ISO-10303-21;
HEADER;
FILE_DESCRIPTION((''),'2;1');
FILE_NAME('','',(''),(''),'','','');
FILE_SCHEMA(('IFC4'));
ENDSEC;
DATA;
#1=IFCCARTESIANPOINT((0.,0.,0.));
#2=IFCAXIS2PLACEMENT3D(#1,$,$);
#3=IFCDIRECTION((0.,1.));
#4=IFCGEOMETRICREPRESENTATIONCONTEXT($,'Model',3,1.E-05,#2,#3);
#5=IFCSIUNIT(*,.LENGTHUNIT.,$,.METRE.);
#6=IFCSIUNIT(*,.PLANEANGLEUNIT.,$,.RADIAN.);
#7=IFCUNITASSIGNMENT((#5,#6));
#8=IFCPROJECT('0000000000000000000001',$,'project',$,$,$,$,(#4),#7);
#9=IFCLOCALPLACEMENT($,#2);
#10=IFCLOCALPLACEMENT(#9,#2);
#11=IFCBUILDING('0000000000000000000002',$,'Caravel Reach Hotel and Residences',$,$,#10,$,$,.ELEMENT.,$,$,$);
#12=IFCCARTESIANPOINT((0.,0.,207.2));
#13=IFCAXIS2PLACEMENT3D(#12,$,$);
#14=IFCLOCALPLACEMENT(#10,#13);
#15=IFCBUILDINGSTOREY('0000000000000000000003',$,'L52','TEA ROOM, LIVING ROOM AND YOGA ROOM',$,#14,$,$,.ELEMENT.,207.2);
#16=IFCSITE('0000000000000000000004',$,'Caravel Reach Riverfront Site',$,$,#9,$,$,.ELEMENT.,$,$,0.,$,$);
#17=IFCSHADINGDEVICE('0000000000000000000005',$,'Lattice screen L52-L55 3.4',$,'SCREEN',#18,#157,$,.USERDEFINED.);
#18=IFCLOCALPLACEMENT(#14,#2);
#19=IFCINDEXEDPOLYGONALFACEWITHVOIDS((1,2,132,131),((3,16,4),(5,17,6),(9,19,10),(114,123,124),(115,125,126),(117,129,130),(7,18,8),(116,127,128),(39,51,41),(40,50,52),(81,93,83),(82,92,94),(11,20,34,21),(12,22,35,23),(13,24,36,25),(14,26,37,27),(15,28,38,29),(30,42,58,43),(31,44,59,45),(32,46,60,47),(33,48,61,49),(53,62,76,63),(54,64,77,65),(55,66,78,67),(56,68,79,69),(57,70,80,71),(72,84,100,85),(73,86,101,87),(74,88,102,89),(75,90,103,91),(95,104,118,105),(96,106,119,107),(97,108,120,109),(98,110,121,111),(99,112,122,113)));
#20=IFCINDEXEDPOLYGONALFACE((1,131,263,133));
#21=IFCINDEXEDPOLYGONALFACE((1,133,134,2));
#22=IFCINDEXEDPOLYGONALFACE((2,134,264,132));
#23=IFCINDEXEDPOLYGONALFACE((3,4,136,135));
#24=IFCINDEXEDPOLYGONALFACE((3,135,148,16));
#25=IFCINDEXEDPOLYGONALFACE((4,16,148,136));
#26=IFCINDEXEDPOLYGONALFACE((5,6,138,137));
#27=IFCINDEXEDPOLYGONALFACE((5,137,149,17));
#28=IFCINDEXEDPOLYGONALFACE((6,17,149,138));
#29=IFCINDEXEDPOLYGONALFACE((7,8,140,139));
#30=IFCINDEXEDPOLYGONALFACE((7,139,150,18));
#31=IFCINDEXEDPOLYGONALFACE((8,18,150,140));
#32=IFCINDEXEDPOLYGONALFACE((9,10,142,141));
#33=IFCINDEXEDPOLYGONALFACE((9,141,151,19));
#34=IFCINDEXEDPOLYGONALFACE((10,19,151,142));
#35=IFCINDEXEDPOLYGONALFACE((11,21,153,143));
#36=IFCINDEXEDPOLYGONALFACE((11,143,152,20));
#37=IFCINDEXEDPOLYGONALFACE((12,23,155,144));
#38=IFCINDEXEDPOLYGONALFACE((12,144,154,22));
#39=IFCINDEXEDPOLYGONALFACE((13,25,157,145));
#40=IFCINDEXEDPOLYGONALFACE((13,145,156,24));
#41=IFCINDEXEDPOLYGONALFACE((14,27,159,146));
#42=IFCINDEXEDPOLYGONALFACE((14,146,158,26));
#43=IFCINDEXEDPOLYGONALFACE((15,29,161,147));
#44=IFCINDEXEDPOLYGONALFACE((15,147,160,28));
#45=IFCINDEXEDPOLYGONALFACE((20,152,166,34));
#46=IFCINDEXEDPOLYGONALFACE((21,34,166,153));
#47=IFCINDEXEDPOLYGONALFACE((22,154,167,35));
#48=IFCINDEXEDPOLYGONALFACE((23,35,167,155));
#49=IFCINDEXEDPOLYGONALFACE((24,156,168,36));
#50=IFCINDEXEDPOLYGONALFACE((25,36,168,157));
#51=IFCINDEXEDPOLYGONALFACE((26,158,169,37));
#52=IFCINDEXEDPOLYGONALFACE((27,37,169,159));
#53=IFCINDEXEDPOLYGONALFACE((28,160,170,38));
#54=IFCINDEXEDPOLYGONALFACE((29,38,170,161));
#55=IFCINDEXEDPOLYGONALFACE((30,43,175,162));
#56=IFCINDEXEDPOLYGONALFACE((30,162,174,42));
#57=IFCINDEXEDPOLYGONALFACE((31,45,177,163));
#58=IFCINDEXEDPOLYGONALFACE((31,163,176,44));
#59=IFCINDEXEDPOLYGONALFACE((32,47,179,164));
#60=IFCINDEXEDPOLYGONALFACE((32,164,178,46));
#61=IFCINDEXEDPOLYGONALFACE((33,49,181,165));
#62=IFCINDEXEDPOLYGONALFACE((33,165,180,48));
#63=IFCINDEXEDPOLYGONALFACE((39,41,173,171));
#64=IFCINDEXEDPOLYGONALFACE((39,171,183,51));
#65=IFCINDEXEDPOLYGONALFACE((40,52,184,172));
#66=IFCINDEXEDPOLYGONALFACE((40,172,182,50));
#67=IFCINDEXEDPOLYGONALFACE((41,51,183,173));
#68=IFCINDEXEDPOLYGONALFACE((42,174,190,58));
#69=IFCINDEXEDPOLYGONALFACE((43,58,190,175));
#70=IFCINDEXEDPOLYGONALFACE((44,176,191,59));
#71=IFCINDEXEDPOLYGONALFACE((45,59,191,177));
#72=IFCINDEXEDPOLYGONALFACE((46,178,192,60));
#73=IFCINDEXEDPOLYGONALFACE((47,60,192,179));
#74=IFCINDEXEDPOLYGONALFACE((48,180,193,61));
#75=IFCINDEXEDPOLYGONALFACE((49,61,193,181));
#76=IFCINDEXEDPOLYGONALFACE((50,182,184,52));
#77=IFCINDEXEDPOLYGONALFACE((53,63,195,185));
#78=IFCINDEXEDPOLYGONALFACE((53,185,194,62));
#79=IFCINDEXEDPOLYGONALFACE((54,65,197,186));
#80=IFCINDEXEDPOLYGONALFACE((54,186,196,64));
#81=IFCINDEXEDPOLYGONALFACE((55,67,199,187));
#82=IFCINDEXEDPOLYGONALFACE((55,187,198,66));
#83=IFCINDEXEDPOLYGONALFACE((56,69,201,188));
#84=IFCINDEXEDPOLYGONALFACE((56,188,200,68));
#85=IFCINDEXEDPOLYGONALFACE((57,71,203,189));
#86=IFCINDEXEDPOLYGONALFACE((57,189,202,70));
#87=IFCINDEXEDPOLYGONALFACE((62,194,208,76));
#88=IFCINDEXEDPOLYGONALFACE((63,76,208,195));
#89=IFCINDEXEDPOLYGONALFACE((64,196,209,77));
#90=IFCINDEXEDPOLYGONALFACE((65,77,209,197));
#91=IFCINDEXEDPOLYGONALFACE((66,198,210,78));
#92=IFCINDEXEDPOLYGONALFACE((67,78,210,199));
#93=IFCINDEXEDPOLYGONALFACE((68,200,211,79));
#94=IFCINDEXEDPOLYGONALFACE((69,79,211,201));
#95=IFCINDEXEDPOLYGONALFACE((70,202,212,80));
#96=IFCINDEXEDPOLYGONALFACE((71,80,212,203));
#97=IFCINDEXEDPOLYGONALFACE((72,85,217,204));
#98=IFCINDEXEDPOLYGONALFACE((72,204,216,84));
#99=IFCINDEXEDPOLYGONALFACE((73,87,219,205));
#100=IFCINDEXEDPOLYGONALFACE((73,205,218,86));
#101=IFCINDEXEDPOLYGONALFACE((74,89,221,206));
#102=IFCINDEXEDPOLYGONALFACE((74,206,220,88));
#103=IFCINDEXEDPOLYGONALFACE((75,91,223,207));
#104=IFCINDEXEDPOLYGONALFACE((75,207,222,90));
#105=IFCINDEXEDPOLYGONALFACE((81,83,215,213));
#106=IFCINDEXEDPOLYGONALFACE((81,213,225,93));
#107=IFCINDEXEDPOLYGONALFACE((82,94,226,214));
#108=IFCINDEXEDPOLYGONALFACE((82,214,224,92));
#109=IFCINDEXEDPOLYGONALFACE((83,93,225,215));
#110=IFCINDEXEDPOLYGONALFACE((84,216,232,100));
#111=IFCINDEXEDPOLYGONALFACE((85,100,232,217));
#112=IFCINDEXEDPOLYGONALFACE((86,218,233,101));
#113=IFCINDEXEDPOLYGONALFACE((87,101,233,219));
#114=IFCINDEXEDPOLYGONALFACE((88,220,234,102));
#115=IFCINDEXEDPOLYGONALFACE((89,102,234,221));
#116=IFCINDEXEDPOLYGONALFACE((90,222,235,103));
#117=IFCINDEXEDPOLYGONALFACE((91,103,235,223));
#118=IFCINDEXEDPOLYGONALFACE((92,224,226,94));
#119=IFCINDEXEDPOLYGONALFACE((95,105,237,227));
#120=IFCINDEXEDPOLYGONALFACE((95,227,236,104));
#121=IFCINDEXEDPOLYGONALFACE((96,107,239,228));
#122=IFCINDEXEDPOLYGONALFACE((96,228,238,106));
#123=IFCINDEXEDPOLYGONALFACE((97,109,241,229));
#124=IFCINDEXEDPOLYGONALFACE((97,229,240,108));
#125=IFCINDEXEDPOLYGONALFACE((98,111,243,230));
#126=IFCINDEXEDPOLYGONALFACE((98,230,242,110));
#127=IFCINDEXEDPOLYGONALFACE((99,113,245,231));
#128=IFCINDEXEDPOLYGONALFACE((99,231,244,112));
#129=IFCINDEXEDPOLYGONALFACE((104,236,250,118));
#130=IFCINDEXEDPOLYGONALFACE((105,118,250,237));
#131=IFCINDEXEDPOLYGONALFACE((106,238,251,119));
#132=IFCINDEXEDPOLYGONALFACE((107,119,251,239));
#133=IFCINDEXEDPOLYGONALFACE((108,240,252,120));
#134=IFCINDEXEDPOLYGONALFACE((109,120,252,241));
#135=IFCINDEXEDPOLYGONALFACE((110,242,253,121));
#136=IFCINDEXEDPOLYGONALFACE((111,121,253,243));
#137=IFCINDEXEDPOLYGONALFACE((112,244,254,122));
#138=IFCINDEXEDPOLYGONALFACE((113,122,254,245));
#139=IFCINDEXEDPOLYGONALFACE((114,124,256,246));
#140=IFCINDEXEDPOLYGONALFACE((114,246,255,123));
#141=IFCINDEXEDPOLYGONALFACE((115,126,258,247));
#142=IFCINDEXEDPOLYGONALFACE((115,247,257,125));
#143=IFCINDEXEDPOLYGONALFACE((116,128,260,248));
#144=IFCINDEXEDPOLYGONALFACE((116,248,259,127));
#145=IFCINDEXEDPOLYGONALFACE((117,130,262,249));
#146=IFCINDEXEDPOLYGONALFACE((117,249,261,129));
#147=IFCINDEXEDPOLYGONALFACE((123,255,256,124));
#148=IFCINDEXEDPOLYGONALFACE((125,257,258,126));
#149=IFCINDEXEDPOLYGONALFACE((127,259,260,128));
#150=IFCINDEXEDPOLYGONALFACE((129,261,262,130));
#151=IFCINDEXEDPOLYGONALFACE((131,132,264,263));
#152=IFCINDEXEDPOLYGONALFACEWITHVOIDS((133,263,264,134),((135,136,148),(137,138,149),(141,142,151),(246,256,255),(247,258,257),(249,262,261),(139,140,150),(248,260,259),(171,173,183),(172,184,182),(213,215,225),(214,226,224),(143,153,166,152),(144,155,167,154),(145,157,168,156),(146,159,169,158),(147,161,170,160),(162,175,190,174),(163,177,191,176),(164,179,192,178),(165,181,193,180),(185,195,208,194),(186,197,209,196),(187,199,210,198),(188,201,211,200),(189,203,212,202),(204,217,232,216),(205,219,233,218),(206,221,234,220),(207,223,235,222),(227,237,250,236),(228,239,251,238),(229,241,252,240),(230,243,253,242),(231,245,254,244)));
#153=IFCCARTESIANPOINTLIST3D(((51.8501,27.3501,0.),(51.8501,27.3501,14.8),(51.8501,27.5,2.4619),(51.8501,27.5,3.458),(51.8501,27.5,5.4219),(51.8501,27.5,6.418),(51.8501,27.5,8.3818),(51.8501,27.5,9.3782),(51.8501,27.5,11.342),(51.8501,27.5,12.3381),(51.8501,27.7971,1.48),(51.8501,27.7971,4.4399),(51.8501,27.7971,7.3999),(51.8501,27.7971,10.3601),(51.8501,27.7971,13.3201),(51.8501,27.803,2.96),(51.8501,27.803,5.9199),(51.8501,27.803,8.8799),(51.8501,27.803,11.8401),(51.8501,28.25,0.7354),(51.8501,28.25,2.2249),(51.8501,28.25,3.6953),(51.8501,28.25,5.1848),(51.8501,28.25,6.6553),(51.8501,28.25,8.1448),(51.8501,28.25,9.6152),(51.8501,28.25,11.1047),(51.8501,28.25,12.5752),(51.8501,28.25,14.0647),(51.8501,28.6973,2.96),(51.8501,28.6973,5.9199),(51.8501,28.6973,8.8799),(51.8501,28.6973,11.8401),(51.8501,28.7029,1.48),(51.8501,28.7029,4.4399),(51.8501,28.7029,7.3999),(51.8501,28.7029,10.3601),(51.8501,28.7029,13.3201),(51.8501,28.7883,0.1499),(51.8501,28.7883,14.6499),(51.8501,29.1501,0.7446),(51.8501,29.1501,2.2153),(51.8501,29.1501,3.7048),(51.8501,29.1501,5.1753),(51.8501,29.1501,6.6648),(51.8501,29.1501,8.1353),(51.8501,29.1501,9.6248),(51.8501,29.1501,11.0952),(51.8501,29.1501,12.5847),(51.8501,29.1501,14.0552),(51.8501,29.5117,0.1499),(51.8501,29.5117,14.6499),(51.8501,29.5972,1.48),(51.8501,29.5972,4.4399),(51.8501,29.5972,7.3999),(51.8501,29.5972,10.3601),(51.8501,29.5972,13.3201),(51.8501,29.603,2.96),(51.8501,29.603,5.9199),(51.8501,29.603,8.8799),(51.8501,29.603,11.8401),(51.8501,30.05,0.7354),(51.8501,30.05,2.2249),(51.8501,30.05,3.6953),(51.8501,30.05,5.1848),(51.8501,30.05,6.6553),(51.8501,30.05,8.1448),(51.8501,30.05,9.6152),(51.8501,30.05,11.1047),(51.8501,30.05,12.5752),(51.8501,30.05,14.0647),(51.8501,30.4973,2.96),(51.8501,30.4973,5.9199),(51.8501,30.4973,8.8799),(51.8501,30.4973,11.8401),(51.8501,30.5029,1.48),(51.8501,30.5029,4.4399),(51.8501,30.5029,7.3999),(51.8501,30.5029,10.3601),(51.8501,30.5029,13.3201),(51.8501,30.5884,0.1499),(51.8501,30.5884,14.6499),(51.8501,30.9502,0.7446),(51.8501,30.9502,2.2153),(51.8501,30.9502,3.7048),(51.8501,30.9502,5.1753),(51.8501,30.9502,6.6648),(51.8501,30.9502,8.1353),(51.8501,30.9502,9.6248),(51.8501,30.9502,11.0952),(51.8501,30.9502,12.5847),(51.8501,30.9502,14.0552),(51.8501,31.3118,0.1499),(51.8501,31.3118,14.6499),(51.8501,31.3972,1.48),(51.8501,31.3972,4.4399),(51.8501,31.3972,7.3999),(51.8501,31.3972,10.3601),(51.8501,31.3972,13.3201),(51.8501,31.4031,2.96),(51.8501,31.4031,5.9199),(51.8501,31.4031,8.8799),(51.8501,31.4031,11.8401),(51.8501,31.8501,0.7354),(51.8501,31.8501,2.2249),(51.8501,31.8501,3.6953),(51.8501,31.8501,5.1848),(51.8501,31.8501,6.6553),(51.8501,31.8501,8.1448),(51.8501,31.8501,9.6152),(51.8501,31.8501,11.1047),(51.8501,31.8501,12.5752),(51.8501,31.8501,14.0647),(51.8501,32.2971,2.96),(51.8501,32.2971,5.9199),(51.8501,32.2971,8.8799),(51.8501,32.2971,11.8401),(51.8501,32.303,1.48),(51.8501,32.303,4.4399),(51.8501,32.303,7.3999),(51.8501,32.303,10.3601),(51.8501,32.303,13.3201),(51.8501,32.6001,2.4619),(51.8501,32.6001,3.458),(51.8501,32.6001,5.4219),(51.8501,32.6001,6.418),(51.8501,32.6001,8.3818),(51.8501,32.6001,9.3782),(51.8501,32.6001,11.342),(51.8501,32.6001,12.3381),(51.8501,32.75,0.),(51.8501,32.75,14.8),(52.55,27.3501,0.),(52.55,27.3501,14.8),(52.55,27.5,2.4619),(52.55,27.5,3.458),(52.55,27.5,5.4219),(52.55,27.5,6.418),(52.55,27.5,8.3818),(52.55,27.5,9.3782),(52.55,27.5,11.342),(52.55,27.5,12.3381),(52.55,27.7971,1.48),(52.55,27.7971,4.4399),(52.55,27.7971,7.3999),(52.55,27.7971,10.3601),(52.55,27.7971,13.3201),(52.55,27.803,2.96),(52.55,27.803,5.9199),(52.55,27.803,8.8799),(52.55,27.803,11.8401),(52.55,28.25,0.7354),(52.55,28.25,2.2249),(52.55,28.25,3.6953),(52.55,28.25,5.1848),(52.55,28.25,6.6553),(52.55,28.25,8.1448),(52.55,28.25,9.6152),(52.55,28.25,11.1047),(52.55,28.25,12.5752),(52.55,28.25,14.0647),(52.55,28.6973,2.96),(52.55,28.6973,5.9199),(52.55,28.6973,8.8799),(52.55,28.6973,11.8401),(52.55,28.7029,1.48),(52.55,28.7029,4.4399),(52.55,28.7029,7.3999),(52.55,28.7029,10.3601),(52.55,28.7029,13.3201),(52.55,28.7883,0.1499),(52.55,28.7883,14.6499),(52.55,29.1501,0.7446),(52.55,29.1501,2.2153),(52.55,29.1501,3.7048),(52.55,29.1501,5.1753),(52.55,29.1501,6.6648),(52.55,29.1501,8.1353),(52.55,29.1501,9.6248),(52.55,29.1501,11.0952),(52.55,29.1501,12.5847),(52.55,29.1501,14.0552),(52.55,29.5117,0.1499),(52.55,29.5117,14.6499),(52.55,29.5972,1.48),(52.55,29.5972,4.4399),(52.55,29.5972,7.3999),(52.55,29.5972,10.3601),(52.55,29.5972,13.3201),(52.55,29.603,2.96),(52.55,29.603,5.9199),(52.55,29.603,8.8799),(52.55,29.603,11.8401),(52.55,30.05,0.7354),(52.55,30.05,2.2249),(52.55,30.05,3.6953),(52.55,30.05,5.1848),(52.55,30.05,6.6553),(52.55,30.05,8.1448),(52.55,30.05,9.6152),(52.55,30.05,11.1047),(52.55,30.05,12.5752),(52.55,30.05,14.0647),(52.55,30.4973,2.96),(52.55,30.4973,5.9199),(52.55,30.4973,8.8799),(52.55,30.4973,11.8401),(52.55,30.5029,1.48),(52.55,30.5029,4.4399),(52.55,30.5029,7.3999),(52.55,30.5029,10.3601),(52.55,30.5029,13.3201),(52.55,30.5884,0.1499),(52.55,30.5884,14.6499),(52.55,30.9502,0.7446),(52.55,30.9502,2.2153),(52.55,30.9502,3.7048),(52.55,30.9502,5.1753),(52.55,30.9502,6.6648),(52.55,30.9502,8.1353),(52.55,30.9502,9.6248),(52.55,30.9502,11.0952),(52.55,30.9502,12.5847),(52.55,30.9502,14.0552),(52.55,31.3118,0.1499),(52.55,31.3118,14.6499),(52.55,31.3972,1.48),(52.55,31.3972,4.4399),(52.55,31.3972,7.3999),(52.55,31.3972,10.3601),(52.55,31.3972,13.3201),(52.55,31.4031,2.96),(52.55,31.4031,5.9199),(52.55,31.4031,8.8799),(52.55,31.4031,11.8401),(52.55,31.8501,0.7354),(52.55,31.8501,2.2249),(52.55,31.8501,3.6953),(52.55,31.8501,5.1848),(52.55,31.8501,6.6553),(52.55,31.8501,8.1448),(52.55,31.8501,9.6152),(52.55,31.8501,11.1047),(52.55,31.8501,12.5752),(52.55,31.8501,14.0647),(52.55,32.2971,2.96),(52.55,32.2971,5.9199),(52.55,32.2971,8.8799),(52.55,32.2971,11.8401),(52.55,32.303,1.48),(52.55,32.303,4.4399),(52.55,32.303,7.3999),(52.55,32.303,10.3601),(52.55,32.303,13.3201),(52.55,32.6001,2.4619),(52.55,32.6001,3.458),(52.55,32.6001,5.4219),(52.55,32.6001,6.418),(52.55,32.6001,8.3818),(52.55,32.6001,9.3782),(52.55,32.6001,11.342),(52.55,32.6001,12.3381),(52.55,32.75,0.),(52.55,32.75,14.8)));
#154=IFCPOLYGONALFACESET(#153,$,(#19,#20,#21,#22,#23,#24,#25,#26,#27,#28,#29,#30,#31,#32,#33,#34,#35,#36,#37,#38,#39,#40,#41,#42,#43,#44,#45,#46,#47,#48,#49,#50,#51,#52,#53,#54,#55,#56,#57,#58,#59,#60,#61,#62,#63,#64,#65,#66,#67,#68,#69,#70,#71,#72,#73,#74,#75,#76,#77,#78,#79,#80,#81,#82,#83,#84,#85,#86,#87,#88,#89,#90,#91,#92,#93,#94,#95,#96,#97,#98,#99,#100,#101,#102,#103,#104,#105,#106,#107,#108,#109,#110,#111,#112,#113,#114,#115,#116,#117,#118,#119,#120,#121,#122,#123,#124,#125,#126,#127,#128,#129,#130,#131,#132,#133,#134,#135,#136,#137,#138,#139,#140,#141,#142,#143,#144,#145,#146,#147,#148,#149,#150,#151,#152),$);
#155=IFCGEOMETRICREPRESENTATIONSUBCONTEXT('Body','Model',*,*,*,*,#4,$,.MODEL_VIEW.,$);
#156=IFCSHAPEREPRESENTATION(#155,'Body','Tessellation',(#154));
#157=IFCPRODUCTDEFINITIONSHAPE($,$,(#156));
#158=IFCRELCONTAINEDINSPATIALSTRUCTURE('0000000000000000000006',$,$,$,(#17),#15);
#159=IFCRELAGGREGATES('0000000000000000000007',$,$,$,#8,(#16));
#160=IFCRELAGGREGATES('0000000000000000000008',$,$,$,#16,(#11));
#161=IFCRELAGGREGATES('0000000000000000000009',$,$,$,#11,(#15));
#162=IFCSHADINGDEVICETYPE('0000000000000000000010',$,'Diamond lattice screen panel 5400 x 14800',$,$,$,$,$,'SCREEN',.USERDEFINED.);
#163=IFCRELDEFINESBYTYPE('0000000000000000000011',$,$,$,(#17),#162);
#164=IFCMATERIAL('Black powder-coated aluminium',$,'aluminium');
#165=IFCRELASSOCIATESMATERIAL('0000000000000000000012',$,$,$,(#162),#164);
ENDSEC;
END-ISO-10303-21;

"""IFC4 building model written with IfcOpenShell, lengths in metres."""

from ifc_helpers import new_model, si_unit, direction, frame, origin, place, context, subcontext, project, spatial, polyline, outline, extrude, material, type_object, element, save


model = new_model("IFC4")

# Units and contexts
model_context = context("Model", 3, precision=1e-05, world=origin(), true_north=direction((0.0, 1.0)))
body_context = subcontext(model_context, "Body", "Model", "MODEL_VIEW")
ifc_project = project(units=[si_unit("LENGTHUNIT", "METRE"), si_unit("PLANEANGLEUNIT", "RADIAN")], contexts=[model_context])

# Site, building, storey
site_placement = place(None, origin())
site = spatial("IfcSite", under=ifc_project, at=site_placement, Name="Caravel Reach Riverfront Site", CompositionType="ELEMENT", RefElevation=0.0)
building_placement = place(site_placement, origin())
building = spatial("IfcBuilding", under=site, at=building_placement, Name="Caravel Reach Hotel and Residences", CompositionType="ELEMENT")
storey_placement = place(building_placement, frame((0.0, 0.0, 207.2)))
storey = spatial("IfcBuildingStorey", under=building, at=storey_placement, Name="L52", Description="TEA ROOM, LIVING ROOM AND YOGA ROOM", CompositionType="ELEMENT", Elevation=207.2)

# Shading device
ifc_material_1 = material(Name="Black powder-coated aluminium", Category="aluminium")
shading_device_type = type_object("IfcShadingDeviceType", Name="Diamond lattice screen panel 5400 x 14800", ElementType="SCREEN", PredefinedType="USERDEFINED", material=ifc_material_1)
shading_device_1_placement = place(storey_placement, frame((51.8501, 27.3501, 0.0), z_axis=(1.0, 0.0, 0.0), x_axis=(0.0, 1.0, 0.0)))
element("IfcShadingDevice", 1, at=shading_device_1_placement, inside=storey, type_object=shading_device_type, Name="Lattice screen L52-L55 3.4", ObjectType="SCREEN", PredefinedType="USERDEFINED", context=body_context, shape_type="SweptSolid", body=[
    extrude(outline(polyline([(0.0, 0.0), (5.3999, 0.0), (5.3999, 14.8), (0.0, 14.8), (0.0, 0.0)]), holes=[polyline([(0.4529, 2.96), (0.1499, 3.458), (0.1499, 2.4619), (0.4529, 2.96)]), polyline([(0.4529, 5.9199), (0.1499, 6.418), (0.1499, 5.4219), (0.4529, 5.9199)]), polyline([(0.4529, 8.8799), (0.1499, 9.3782), (0.1499, 8.3818), (0.4529, 8.8799)]), polyline([(0.4529, 11.8401), (0.1499, 12.3381), (0.1499, 11.342), (0.4529, 11.8401)]), polyline([(0.8999, 2.2249), (0.447, 1.48), (0.8999, 0.7354), (1.3528, 1.48), (0.8999, 2.2249)]), polyline([(0.8999, 5.1848), (0.447, 4.4399), (0.8999, 3.6953), (1.3528, 4.4399), (0.8999, 5.1848)]), polyline([(0.8999, 8.1448), (0.447, 7.3999), (0.8999, 6.6553), (1.3528, 7.3999), (0.8999, 8.1448)]), polyline([(0.8999, 11.1047), (0.447, 10.3601), (0.8999, 9.6152), (1.3528, 10.3601), (0.8999, 11.1047)]), polyline([(0.8999, 14.0647), (0.447, 13.3201), (0.8999, 12.5752), (1.3528, 13.3201), (0.8999, 14.0647)]), polyline([(1.8, 0.7446), (1.4382, 0.1499), (2.1616, 0.1499), (1.8, 0.7446)]), polyline([(1.8, 3.7048), (1.3472, 2.96), (1.8, 2.2153), (2.2529, 2.96), (1.8, 3.7048)]), polyline([(1.8, 6.6648), (1.3472, 5.9199), (1.8, 5.1753), (2.2529, 5.9199), (1.8, 6.6648)]), polyline([(1.8, 9.6248), (1.3472, 8.8799), (1.8, 8.1353), (2.2529, 8.8799), (1.8, 9.6248)]), polyline([(1.8, 12.5847), (1.3472, 11.8401), (1.8, 11.0952), (2.2529, 11.8401), (1.8, 12.5847)]), polyline([(1.8, 14.0552), (2.1616, 14.6499), (1.4382, 14.6499), (1.8, 14.0552)]), polyline([(2.7, 2.2249), (2.2471, 1.48), (2.7, 0.7354), (3.1528, 1.48), (2.7, 2.2249)]), polyline([(2.7, 5.1848), (2.2471, 4.4399), (2.7, 3.6953), (3.1528, 4.4399), (2.7, 5.1848)]), polyline([(2.7, 8.1448), (2.2471, 7.3999), (2.7, 6.6553), (3.1528, 7.3999), (2.7, 8.1448)]), polyline([(2.7, 11.1047), (2.2471, 10.3601), (2.7, 9.6152), (3.1528, 10.3601), (2.7, 11.1047)]), polyline([(2.7, 14.0647), (2.2471, 13.3201), (2.7, 12.5752), (3.1528, 13.3201), (2.7, 14.0647)]), polyline([(3.6001, 0.7446), (3.2383, 0.1499), (3.9617, 0.1499), (3.6001, 0.7446)]), polyline([(3.6001, 3.7048), (3.1472, 2.96), (3.6001, 2.2153), (4.053, 2.96), (3.6001, 3.7048)]), polyline([(3.6001, 6.6648), (3.1472, 5.9199), (3.6001, 5.1753), (4.053, 5.9199), (3.6001, 6.6648)]), polyline([(3.6001, 9.6248), (3.1472, 8.8799), (3.6001, 8.1353), (4.053, 8.8799), (3.6001, 9.6248)]), polyline([(3.6001, 12.5847), (3.1472, 11.8401), (3.6001, 11.0952), (4.053, 11.8401), (3.6001, 12.5847)]), polyline([(3.6001, 14.0552), (3.9617, 14.6499), (3.2383, 14.6499), (3.6001, 14.0552)]), polyline([(4.5, 2.2249), (4.0471, 1.48), (4.5, 0.7354), (4.9529, 1.48), (4.5, 2.2249)]), polyline([(4.5, 5.1848), (4.0471, 4.4399), (4.5, 3.6953), (4.9529, 4.4399), (4.5, 5.1848)]), polyline([(4.5, 8.1448), (4.0471, 7.3999), (4.5, 6.6553), (4.9529, 7.3999), (4.5, 8.1448)]), polyline([(4.5, 11.1047), (4.0471, 10.3601), (4.5, 9.6152), (4.9529, 10.3601), (4.5, 11.1047)]), polyline([(4.5, 14.0647), (4.0471, 13.3201), (4.5, 12.5752), (4.9529, 13.3201), (4.5, 14.0647)]), polyline([(4.947, 2.96), (5.25, 2.4619), (5.25, 3.458), (4.947, 2.96)]), polyline([(4.947, 5.9199), (5.25, 5.4219), (5.25, 6.418), (4.947, 5.9199)]), polyline([(4.947, 8.8799), (5.25, 8.3818), (5.25, 9.3782), (4.947, 8.8799)]), polyline([(4.947, 11.8401), (5.25, 11.342), (5.25, 12.3381), (4.947, 11.8401)])]), origin(), (0.0, 0.0, 1.0), 0.7),
])

save(model, "model.ifc")
